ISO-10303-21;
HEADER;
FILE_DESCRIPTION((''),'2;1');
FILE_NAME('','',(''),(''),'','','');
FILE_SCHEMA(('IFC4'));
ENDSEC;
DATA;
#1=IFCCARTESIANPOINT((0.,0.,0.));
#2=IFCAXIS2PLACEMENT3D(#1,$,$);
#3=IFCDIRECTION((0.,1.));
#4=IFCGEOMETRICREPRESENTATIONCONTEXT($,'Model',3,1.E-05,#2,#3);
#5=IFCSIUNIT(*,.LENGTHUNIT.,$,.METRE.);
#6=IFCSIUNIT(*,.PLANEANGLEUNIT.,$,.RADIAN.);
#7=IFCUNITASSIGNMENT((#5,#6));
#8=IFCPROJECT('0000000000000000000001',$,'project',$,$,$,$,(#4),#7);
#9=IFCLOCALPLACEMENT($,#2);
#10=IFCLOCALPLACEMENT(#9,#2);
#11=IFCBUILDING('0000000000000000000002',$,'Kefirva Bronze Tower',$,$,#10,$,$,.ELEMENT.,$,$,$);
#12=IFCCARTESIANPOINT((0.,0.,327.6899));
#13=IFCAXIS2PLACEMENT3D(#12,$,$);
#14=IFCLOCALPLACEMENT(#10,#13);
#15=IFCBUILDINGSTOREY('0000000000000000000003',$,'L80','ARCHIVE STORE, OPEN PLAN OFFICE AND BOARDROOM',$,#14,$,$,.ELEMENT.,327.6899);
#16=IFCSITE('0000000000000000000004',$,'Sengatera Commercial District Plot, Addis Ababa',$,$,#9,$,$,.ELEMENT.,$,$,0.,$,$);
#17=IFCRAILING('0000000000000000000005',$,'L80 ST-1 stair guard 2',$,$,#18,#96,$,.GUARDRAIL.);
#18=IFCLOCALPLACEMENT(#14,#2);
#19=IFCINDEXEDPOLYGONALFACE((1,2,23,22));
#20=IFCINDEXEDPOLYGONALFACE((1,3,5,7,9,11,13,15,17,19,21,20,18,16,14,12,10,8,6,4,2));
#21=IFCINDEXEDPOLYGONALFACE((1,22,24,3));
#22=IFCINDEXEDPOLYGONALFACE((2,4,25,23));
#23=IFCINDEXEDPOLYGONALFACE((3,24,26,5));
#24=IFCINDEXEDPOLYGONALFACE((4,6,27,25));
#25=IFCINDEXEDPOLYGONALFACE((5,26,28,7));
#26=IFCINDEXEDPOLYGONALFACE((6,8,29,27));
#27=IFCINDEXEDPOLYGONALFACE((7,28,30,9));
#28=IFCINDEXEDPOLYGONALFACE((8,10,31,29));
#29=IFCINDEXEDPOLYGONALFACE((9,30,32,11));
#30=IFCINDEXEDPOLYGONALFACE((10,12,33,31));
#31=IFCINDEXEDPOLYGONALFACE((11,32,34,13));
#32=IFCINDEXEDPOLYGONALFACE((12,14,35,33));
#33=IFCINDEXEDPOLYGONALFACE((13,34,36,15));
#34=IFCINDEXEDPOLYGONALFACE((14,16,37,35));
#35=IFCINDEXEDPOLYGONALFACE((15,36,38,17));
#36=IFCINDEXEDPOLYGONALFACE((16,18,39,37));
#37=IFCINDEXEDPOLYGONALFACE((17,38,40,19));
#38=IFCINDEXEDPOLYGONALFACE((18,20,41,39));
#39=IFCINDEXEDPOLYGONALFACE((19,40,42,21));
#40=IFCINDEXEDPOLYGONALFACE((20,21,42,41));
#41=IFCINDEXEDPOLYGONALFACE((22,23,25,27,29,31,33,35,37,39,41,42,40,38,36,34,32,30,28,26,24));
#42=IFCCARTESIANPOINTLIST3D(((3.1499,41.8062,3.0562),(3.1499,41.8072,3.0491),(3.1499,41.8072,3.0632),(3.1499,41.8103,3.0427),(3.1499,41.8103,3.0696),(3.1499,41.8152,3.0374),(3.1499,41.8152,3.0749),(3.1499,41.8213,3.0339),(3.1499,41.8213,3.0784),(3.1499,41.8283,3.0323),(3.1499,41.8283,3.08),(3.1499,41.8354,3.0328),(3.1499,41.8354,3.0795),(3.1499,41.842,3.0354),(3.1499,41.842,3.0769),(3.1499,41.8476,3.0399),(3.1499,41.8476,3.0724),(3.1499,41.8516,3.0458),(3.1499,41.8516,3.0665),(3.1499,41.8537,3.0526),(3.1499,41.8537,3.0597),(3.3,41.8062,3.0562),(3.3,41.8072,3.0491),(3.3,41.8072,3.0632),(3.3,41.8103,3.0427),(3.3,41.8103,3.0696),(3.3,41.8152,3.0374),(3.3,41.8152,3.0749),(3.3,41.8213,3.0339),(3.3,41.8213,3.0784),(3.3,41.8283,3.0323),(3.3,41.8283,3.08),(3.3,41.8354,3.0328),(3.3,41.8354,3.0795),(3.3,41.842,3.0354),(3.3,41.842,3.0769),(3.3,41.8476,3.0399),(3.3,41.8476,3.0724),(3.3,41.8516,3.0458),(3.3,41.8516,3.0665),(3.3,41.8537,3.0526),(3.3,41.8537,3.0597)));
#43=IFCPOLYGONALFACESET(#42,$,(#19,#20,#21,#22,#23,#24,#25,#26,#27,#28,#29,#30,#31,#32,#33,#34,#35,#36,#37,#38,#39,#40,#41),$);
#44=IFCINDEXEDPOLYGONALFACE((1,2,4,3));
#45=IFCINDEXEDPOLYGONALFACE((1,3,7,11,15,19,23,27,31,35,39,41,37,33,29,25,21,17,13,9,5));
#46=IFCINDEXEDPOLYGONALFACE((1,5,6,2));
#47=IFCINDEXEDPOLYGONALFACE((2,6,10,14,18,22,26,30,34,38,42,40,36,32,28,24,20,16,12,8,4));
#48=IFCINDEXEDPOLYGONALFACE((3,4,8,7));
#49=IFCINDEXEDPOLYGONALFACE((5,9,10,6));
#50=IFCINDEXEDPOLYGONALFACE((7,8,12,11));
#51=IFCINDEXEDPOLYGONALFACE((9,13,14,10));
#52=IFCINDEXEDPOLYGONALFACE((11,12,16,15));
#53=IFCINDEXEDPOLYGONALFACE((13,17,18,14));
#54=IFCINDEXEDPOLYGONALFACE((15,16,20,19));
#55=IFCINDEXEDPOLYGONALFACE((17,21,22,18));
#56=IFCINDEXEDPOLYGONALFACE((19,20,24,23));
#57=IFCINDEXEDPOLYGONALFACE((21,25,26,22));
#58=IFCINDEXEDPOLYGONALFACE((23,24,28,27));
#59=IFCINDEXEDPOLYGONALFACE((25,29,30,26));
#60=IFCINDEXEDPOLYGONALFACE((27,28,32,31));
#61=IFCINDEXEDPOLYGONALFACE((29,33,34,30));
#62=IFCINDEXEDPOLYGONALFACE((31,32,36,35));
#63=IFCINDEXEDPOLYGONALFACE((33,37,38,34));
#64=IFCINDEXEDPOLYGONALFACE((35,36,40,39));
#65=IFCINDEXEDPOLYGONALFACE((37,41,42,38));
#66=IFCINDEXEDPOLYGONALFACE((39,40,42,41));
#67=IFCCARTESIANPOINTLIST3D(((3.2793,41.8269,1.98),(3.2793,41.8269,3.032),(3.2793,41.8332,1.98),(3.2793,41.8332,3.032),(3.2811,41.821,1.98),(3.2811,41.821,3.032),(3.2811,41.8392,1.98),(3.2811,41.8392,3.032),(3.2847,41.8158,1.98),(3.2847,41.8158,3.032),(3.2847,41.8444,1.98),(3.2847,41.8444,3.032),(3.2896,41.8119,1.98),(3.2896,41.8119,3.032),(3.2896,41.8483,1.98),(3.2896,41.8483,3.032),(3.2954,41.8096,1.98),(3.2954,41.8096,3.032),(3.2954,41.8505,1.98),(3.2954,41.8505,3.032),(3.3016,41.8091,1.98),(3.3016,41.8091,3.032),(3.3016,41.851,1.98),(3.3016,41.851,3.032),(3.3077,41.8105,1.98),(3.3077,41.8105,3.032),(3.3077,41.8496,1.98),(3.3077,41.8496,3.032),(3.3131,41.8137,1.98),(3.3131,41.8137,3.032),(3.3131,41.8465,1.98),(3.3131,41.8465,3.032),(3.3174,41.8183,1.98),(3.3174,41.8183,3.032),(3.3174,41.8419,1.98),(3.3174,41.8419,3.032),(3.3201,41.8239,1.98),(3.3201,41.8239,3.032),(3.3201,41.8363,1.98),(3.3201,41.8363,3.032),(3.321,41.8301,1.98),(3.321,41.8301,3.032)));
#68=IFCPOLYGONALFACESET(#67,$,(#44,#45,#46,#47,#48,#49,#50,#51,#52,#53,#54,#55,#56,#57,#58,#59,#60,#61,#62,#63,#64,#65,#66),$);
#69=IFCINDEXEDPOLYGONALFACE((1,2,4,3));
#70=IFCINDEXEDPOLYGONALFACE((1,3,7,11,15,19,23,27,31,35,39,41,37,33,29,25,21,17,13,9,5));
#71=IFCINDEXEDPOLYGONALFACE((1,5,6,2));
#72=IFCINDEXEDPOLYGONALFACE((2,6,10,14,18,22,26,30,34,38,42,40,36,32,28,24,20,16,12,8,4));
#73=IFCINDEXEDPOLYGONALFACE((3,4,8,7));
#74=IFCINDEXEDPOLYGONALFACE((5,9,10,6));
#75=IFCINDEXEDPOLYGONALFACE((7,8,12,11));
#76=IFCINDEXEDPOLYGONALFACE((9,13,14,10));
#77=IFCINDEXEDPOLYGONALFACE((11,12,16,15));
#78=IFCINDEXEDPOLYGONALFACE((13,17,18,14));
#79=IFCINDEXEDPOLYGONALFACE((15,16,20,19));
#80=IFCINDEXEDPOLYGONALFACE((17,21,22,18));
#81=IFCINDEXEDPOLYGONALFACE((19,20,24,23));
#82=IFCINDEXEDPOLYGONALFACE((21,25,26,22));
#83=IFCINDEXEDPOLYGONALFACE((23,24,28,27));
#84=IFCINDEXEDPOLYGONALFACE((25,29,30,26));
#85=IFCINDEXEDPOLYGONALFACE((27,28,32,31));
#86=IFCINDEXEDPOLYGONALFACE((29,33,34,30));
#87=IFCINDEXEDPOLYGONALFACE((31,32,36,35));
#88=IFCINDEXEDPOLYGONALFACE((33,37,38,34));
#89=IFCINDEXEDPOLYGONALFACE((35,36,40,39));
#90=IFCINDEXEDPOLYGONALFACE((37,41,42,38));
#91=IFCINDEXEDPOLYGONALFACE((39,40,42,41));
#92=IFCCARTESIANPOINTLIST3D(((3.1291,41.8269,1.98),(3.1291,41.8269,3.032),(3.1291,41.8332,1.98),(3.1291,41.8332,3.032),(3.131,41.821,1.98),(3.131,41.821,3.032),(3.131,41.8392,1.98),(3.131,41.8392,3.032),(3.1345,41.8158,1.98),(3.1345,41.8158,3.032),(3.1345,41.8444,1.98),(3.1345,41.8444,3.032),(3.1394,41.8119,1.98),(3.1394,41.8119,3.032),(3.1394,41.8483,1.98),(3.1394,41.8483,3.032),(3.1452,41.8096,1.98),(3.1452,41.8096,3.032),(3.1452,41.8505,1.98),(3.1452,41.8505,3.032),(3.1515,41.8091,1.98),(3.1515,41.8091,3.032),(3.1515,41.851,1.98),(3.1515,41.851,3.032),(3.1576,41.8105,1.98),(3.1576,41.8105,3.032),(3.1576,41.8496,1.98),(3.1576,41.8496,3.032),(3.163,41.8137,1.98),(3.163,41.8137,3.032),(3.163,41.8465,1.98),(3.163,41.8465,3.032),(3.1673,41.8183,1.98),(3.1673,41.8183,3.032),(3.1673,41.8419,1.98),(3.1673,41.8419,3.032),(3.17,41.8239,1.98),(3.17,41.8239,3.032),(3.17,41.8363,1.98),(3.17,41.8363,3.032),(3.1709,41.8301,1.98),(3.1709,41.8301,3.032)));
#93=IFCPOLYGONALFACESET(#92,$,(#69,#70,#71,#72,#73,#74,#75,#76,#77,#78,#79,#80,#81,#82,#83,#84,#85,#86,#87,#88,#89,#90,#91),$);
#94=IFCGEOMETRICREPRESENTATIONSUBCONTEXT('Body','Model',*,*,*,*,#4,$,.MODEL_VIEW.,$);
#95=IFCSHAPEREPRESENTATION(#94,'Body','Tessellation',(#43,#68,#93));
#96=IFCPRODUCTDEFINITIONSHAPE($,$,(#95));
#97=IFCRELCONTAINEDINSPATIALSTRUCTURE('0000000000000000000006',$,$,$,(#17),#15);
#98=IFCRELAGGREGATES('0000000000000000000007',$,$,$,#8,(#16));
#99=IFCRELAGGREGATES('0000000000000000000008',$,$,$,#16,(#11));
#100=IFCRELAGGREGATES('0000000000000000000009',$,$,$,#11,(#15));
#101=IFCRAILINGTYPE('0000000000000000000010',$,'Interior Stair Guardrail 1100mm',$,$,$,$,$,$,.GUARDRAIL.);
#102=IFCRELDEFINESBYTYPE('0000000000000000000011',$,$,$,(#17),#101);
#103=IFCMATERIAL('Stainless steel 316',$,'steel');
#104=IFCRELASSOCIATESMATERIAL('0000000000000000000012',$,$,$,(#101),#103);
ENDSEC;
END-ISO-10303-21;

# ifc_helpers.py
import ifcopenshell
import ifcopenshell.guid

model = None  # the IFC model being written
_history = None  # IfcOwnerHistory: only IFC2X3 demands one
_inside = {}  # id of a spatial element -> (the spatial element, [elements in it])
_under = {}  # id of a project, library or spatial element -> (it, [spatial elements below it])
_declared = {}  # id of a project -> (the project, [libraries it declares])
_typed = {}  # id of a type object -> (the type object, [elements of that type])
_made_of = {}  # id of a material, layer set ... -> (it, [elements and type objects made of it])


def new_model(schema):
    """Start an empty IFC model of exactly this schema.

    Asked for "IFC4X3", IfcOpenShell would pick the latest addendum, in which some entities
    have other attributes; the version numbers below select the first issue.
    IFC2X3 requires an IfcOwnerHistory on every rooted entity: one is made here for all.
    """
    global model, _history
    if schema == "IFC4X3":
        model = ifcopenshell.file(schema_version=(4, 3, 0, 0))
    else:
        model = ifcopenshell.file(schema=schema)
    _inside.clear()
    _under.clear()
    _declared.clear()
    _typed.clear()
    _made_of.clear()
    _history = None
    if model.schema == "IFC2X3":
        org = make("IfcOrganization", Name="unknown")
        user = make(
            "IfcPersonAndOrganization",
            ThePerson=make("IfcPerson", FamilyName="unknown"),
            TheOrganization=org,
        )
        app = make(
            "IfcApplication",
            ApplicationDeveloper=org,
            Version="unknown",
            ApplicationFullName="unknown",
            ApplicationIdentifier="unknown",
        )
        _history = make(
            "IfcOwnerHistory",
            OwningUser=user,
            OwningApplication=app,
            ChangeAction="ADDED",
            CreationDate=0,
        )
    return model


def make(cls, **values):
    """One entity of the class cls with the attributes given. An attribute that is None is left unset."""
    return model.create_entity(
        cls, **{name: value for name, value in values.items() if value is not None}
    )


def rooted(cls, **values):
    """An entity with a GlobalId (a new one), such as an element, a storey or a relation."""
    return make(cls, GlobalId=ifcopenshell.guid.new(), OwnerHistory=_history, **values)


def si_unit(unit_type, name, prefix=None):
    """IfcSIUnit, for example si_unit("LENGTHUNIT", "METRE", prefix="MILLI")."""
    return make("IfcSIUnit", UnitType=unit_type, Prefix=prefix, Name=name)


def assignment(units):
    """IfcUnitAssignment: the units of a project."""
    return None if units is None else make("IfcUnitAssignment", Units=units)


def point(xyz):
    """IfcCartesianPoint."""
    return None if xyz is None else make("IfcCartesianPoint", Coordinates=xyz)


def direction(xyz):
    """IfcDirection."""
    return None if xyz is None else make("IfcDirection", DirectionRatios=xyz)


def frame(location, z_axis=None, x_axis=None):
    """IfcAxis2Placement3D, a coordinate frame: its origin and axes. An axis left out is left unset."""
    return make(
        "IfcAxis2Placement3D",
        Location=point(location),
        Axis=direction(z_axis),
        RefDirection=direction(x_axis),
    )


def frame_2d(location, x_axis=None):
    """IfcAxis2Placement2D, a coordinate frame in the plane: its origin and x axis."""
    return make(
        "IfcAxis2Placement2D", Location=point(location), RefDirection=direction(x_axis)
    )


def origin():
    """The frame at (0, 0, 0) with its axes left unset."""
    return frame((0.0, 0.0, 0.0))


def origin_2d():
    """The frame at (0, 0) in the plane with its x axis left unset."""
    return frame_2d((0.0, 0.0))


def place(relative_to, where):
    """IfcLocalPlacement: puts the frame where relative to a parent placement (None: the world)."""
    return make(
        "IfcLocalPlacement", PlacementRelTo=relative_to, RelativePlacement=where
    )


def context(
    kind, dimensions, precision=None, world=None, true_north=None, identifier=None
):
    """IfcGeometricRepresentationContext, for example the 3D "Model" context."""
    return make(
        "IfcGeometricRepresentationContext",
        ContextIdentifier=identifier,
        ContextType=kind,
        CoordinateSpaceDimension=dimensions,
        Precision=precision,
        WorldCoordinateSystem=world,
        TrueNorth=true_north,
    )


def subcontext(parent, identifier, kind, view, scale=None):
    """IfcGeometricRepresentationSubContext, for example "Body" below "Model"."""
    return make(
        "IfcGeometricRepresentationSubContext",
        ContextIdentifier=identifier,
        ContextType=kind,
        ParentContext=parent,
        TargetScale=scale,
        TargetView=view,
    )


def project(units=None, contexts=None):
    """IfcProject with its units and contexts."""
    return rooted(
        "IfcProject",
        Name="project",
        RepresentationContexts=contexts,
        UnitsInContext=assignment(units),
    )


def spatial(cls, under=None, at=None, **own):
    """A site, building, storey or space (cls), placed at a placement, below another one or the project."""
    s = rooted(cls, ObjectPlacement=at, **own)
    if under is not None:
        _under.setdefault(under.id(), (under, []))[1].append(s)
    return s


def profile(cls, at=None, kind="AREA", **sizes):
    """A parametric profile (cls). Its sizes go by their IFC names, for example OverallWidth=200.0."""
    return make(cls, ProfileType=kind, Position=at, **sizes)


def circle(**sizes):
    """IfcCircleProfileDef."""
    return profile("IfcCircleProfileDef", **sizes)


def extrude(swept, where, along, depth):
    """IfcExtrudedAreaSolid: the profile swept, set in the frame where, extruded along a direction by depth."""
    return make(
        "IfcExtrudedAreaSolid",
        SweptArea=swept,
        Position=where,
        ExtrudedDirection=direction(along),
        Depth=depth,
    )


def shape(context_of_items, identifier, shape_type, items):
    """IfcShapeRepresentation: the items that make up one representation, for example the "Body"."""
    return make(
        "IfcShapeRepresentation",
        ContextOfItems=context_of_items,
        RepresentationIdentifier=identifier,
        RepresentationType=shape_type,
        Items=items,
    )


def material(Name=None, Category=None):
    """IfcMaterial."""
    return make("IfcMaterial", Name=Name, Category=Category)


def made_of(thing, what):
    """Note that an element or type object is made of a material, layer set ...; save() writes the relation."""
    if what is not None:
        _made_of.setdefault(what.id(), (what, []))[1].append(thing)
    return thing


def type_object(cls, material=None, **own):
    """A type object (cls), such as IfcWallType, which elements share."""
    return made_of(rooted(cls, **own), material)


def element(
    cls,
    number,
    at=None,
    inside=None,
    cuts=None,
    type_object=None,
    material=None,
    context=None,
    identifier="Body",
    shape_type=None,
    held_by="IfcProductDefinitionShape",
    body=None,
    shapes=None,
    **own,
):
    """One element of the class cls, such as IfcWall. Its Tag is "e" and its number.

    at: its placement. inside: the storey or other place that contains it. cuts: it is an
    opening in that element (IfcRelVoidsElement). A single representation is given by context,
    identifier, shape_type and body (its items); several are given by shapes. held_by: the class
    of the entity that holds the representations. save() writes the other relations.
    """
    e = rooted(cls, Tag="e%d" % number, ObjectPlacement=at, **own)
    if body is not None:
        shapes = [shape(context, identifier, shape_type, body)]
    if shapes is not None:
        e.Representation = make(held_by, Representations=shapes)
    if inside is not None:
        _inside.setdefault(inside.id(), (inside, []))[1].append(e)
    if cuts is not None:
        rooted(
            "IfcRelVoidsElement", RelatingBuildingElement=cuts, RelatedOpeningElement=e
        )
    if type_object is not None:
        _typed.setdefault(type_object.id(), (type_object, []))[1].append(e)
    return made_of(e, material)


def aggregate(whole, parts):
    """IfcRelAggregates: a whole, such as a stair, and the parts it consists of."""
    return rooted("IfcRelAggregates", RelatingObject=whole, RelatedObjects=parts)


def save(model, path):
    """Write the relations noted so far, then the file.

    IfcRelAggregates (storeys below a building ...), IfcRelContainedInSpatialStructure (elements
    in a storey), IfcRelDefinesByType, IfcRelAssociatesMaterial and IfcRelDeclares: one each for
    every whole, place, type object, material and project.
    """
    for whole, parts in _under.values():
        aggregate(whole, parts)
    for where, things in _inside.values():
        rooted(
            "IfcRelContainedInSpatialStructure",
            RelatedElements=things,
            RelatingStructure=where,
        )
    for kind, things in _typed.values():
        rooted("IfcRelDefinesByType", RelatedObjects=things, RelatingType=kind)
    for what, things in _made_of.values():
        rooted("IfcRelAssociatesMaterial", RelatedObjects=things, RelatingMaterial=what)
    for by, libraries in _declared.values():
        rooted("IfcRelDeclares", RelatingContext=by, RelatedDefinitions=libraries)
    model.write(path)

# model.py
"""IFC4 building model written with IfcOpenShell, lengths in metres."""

from ifc_helpers import new_model, si_unit, direction, frame, origin, origin_2d, place, context, subcontext, project, spatial, circle, extrude, material, type_object, element, save


model = new_model("IFC4")

# Units and contexts
model_context = context("Model", 3, precision=1e-05, world=origin(), true_north=direction((0.0, 1.0)))
body_context = subcontext(model_context, "Body", "Model", "MODEL_VIEW")
ifc_project = project(units=[si_unit("LENGTHUNIT", "METRE"), si_unit("PLANEANGLEUNIT", "RADIAN")], contexts=[model_context])

# Site, building, storey
site_placement = place(None, origin())
site = spatial("IfcSite", under=ifc_project, at=site_placement, Name="Sengatera Commercial District Plot, Addis Ababa", CompositionType="ELEMENT", RefElevation=0.0)
building_placement = place(site_placement, origin())
building = spatial("IfcBuilding", under=site, at=building_placement, Name="Kefirva Bronze Tower", CompositionType="ELEMENT")
storey_placement = place(building_placement, frame((0.0, 0.0, 327.6899)))
storey = spatial("IfcBuildingStorey", under=building, at=storey_placement, Name="L80", Description="ARCHIVE STORE, OPEN PLAN OFFICE AND BOARDROOM", CompositionType="ELEMENT", Elevation=327.6899)

# Railing
ifc_material_1 = material(Name="Stainless steel 316", Category="steel")
railing_type_1 = type_object("IfcRailingType", Name="Interior Stair Guardrail 1100mm", PredefinedType="GUARDRAIL", material=ifc_material_1)
railing_1_placement = place(storey_placement, frame((3.3, 41.8301, 1.98)))
element("IfcRailing", 1, at=railing_1_placement, inside=storey, type_object=railing_type_1, Name="L80 ST-1 stair guard 2", PredefinedType="GUARDRAIL", context=body_context, shape_type="SweptSolid", body=[
    extrude(circle(Radius=0.0239, at=origin_2d()), frame((0.0, 0.0, 1.0762), z_axis=(-1.0, 0.0, 0.0), x_axis=(0.0, -1.0, 0.0)), (0.0, 0.0, 1.0), 0.1501),
    extrude(circle(Radius=0.021, at=origin_2d()), origin(), (0.0, 0.0, 1.0), 1.052),
    extrude(circle(Radius=0.021, at=origin_2d()), frame((-0.1501, 0.0, 0.0)), (0.0, 0.0, 1.0), 1.052),
])

save(model, "model.ifc")
